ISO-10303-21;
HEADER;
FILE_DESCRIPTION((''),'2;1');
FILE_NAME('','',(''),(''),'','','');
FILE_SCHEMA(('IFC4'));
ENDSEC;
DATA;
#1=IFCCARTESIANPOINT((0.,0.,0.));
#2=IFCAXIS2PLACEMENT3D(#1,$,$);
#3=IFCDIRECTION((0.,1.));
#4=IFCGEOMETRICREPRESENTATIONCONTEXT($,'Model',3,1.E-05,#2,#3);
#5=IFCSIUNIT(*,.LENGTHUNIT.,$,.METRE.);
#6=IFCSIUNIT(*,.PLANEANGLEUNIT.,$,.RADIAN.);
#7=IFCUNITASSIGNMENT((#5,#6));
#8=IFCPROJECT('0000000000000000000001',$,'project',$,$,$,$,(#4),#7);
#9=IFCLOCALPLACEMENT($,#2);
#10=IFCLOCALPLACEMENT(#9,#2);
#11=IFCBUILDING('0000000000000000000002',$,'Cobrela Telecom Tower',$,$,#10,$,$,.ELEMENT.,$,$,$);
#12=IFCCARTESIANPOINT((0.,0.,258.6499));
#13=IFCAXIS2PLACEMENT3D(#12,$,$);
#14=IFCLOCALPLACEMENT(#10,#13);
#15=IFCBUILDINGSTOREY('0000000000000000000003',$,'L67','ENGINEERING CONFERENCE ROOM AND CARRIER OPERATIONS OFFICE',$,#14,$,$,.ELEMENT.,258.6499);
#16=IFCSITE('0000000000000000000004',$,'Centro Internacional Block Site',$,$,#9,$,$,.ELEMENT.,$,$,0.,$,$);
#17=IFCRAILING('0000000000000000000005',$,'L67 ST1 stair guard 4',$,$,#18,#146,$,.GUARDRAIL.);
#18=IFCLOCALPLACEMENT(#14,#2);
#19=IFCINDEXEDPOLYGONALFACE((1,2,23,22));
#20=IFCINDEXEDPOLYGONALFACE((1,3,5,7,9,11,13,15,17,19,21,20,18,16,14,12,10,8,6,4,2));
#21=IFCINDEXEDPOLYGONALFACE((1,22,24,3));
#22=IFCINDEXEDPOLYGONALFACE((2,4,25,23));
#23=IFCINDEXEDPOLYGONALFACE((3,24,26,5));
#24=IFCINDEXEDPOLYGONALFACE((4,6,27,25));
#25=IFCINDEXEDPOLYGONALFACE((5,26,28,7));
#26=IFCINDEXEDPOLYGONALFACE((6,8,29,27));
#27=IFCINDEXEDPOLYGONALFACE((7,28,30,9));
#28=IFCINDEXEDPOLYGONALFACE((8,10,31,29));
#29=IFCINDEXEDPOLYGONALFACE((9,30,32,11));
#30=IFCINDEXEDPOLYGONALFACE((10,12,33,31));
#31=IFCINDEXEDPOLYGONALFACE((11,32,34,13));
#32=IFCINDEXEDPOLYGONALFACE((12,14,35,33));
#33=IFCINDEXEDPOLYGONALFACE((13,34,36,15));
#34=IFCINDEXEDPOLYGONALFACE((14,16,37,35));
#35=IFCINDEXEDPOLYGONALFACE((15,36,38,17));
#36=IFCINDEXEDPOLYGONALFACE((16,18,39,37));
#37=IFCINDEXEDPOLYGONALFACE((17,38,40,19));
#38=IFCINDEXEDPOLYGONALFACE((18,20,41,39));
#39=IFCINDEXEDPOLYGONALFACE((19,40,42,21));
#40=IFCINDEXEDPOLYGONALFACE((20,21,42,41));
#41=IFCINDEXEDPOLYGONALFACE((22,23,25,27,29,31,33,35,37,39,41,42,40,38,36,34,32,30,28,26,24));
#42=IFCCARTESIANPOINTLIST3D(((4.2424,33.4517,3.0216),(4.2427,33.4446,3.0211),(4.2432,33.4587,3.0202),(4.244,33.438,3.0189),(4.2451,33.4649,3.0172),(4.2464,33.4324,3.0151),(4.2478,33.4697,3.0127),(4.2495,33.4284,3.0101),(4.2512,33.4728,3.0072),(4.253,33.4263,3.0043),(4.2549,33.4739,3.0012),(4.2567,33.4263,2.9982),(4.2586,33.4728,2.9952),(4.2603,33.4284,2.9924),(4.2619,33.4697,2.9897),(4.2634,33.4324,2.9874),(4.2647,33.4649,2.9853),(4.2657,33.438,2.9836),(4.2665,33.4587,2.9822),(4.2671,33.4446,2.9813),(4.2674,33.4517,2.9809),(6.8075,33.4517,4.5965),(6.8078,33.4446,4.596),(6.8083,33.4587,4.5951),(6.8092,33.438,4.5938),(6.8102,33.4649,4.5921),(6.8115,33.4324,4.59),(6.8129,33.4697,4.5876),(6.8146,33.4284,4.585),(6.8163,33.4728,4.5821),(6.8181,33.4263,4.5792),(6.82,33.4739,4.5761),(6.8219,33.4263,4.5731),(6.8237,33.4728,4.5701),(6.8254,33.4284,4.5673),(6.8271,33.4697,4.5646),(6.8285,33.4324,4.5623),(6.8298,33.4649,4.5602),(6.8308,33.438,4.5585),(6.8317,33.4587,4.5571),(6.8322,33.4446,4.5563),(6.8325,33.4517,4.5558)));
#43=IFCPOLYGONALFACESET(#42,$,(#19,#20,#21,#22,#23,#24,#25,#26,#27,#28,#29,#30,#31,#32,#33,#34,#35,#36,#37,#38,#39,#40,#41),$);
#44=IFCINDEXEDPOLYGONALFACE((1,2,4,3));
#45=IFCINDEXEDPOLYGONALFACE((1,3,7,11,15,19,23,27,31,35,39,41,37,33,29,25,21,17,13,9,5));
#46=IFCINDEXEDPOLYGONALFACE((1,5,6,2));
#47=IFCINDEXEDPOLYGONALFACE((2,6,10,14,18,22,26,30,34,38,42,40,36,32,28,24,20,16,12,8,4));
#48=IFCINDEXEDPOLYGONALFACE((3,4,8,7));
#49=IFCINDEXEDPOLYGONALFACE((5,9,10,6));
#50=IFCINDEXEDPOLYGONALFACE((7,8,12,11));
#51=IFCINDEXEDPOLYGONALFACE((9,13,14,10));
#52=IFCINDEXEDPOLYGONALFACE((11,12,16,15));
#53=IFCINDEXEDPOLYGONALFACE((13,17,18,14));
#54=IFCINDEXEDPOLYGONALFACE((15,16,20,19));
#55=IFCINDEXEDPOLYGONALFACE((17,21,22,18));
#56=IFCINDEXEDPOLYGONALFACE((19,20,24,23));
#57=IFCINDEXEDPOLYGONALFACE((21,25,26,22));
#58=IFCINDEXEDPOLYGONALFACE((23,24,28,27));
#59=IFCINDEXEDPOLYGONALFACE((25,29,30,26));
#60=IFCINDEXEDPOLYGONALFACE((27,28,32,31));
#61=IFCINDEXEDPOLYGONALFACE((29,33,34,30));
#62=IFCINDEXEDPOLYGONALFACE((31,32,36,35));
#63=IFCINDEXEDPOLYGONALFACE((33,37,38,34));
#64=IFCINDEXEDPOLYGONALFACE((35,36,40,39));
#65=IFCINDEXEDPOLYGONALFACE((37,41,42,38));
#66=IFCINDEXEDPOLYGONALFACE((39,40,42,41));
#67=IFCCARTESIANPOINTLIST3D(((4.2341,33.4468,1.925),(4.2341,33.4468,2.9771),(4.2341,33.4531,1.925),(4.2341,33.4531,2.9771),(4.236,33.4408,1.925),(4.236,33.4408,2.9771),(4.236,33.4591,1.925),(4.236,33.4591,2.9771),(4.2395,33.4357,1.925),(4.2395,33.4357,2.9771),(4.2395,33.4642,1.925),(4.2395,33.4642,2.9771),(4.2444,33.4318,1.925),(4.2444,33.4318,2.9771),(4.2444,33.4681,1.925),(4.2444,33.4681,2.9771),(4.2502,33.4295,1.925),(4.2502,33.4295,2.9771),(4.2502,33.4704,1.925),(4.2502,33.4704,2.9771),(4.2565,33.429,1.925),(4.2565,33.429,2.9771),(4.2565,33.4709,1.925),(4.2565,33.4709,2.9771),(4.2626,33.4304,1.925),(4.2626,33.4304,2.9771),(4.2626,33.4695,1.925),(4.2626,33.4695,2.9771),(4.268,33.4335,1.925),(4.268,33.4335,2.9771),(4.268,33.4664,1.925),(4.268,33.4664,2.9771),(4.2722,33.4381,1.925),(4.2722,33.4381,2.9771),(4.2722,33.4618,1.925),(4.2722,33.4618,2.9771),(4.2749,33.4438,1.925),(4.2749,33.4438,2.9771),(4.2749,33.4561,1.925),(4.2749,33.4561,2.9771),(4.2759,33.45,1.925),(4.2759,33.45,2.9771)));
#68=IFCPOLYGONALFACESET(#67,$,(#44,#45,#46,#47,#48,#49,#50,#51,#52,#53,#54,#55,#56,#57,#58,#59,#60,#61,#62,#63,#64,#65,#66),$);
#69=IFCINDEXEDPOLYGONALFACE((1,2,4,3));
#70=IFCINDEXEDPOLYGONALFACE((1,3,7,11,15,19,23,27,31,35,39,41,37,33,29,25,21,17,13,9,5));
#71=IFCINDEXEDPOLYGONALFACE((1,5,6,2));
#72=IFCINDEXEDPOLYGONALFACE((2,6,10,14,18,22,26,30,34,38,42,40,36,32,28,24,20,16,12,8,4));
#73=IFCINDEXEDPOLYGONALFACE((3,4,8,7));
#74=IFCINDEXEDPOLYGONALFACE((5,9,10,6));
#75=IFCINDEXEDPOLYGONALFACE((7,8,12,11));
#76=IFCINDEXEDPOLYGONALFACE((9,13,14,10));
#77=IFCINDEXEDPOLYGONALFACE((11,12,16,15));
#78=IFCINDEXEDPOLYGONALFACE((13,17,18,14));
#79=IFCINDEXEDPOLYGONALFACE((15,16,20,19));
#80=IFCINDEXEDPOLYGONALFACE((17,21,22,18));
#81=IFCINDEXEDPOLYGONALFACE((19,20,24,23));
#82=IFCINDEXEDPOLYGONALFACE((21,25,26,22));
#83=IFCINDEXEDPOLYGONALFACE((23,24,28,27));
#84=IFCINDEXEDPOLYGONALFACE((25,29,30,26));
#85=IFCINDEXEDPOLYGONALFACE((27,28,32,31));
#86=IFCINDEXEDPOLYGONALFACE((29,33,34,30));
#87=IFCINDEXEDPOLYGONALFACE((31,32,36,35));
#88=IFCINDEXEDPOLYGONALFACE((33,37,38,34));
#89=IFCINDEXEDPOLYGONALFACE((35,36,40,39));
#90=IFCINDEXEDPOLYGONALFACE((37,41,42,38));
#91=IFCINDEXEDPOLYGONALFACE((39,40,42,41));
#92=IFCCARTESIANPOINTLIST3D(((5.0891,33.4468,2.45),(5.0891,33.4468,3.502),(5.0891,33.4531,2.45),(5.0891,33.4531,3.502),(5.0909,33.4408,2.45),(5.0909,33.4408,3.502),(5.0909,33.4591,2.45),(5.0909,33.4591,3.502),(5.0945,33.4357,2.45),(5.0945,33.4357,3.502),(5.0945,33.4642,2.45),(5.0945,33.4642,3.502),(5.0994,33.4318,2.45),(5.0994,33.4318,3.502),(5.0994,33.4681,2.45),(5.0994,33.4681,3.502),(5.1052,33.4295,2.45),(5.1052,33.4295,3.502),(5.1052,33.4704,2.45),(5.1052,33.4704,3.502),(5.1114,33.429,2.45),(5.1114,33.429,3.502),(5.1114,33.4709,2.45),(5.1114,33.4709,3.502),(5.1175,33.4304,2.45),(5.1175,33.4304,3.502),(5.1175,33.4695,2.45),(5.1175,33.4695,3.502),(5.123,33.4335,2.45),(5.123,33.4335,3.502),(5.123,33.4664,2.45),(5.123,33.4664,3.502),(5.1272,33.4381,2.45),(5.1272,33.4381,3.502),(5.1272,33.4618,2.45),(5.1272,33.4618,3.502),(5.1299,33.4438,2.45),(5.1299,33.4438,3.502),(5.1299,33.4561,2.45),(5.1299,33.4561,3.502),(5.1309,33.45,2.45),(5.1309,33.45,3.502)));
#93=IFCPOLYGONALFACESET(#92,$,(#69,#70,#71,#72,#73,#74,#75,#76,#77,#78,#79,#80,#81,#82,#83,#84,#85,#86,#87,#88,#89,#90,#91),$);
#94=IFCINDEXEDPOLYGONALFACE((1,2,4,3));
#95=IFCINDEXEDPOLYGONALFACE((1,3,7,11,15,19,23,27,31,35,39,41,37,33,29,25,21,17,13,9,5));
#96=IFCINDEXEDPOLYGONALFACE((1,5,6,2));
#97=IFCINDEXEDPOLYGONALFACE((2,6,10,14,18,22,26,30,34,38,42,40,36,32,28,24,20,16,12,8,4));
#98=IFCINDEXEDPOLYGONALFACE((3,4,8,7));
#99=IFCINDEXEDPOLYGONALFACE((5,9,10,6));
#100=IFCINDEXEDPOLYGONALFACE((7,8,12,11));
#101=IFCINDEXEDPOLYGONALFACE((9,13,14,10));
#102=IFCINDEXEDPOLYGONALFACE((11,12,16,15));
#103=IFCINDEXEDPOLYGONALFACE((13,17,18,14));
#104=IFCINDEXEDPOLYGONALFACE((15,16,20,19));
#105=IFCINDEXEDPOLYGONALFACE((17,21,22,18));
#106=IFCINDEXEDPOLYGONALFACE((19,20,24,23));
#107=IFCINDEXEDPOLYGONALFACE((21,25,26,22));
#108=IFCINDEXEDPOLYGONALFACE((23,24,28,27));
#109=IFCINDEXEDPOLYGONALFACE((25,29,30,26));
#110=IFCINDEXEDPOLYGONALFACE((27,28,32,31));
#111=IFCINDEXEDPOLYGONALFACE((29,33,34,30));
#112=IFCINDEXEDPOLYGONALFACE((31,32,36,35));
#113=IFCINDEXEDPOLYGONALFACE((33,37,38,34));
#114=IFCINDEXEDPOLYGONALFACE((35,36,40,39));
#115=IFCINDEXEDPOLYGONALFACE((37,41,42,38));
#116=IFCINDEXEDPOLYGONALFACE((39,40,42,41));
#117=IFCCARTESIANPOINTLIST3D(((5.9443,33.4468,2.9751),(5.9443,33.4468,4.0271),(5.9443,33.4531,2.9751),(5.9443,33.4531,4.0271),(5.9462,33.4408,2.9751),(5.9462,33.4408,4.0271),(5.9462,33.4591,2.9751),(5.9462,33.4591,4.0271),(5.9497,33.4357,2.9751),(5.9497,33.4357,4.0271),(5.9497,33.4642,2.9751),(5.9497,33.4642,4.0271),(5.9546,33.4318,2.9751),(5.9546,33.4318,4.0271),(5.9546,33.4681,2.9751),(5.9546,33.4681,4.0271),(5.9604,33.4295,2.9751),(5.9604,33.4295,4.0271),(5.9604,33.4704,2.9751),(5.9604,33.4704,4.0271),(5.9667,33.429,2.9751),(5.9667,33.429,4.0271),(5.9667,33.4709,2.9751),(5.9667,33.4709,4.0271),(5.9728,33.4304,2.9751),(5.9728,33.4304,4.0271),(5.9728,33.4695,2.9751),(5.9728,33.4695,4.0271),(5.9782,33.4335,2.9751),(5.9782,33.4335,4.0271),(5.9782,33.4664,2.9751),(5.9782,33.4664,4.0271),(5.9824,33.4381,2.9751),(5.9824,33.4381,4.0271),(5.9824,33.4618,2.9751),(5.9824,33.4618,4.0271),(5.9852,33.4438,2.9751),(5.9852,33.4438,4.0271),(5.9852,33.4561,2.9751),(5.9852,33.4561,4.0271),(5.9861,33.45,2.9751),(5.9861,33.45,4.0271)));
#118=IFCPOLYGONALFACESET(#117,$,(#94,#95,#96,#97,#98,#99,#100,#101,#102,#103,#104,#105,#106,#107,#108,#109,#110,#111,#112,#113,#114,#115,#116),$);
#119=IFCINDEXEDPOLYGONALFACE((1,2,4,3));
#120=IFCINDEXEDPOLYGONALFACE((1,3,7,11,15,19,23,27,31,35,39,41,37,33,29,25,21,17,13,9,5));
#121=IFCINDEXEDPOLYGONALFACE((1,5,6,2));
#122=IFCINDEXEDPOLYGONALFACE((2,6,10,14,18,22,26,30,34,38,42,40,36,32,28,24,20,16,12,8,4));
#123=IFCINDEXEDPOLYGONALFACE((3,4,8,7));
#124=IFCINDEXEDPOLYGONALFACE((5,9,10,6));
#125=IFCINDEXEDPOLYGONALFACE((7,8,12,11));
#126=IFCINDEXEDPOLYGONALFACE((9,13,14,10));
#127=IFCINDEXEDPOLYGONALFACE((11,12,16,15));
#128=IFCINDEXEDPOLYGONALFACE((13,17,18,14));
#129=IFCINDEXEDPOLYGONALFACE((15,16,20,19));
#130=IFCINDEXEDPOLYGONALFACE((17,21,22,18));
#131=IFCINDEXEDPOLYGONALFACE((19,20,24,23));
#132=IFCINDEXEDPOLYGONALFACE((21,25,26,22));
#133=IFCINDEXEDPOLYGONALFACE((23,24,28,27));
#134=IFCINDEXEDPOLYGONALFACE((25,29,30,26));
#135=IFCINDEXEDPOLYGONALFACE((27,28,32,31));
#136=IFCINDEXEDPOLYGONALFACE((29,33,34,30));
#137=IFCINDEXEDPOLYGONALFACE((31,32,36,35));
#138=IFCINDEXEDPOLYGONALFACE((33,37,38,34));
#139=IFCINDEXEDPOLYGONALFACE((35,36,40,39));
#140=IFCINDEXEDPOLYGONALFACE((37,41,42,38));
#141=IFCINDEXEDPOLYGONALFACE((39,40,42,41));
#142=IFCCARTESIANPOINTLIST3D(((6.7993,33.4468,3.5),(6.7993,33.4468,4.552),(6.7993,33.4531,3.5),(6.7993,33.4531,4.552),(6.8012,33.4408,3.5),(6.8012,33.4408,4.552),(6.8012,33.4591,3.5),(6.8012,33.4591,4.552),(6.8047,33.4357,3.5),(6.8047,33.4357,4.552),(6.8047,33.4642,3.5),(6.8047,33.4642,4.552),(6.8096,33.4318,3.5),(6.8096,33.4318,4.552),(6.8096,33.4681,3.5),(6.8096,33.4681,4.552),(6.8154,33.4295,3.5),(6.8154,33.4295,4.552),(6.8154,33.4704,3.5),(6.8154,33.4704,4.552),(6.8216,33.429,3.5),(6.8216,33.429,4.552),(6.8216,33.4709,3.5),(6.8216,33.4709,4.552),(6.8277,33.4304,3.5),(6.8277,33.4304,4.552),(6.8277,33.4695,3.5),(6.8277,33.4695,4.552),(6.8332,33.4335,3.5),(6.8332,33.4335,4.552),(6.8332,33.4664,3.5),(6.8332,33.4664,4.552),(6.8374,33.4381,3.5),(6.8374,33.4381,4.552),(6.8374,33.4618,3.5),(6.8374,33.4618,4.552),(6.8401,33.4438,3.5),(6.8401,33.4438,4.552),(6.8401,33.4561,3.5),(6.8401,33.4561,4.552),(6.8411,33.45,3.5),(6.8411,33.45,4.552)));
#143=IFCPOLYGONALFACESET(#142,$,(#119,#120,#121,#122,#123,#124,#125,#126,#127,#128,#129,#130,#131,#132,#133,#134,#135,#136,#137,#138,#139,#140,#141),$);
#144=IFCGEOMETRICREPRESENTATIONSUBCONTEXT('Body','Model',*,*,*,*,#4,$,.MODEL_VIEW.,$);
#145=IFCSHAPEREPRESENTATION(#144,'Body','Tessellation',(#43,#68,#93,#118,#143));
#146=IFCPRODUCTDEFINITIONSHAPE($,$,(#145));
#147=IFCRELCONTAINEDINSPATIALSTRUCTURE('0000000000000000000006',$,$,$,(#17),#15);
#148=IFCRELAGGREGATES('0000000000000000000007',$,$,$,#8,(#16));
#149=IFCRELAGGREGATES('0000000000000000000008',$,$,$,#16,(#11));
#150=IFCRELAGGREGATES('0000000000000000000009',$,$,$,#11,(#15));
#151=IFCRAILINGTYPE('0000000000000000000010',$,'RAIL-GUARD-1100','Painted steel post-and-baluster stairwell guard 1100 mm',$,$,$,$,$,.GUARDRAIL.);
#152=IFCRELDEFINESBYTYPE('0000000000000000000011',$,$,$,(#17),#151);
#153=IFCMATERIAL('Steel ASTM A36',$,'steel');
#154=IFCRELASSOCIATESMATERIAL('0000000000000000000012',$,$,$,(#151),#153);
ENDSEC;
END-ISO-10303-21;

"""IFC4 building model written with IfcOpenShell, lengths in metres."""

from ifc_helpers import new_model, si_unit, direction, frame, origin, origin_2d, place, context, subcontext, project, spatial, circle, extrude, material, type_object, element, save


model = new_model("IFC4")

# Units and contexts
model_context = context("Model", 3, precision=1e-05, world=origin(), true_north=direction((0.0, 1.0)))
body_context = subcontext(model_context, "Body", "Model", "MODEL_VIEW")
ifc_project = project(units=[si_unit("LENGTHUNIT", "METRE"), si_unit("PLANEANGLEUNIT", "RADIAN")], contexts=[model_context])

# Site, building, storey
site_placement = place(None, origin())
site = spatial("IfcSite", under=ifc_project, at=site_placement, Name="Centro Internacional Block Site", CompositionType="ELEMENT", RefElevation=0.0)
building_placement = place(site_placement, origin())
building = spatial("IfcBuilding", under=site, at=building_placement, Name="Cobrela Telecom Tower", CompositionType="ELEMENT")
storey_placement = place(building_placement, frame((0.0, 0.0, 258.6499)))
storey = spatial("IfcBuildingStorey", under=building, at=storey_placement, Name="L67", Description="ENGINEERING CONFERENCE ROOM AND CARRIER OPERATIONS OFFICE", CompositionType="ELEMENT", Elevation=258.6499)

# Shared definitions
ifc_material_1 = material(Name="Steel ASTM A36", Category="steel")

# Railing
railing_type_1 = type_object("IfcRailingType", Name="RAIL-GUARD-1100", Description="Painted steel post-and-baluster stairwell guard 1100 mm", PredefinedType="GUARDRAIL", material=ifc_material_1)
railing_1_placement = place(storey_placement, frame((4.2549, 33.45, 1.925)))
element("IfcRailing", 1, at=railing_1_placement, inside=storey, type_object=railing_type_1, Name="L67 ST1 stair guard 4", PredefinedType="GUARDRAIL", context=body_context, shape_type="SweptSolid", body=[
    extrude(circle(Radius=0.0239, at=origin_2d()), frame((0.0, 0.0, 1.0762), z_axis=(0.852195, 0.0, 0.523224), x_axis=(0.0, 1.0, 0.0)), (0.0, 0.0, 1.0), 3.01),
    extrude(circle(Radius=0.021, at=origin_2d()), origin(), (0.0, 0.0, 1.0), 1.052),
    extrude(circle(Radius=0.021, at=origin_2d()), frame((0.855, 0.0, 0.5249)), (0.0, 0.0, 1.0), 1.052),
    extrude(circle(Radius=0.021, at=origin_2d()), frame((1.7102, 0.0, 1.05)), (0.0, 0.0, 1.0), 1.052),
    extrude(circle(Radius=0.021, at=origin_2d()), frame((2.5652, 0.0, 1.575)), (0.0, 0.0, 1.0), 1.052),
])

save(model, "model.ifc")
